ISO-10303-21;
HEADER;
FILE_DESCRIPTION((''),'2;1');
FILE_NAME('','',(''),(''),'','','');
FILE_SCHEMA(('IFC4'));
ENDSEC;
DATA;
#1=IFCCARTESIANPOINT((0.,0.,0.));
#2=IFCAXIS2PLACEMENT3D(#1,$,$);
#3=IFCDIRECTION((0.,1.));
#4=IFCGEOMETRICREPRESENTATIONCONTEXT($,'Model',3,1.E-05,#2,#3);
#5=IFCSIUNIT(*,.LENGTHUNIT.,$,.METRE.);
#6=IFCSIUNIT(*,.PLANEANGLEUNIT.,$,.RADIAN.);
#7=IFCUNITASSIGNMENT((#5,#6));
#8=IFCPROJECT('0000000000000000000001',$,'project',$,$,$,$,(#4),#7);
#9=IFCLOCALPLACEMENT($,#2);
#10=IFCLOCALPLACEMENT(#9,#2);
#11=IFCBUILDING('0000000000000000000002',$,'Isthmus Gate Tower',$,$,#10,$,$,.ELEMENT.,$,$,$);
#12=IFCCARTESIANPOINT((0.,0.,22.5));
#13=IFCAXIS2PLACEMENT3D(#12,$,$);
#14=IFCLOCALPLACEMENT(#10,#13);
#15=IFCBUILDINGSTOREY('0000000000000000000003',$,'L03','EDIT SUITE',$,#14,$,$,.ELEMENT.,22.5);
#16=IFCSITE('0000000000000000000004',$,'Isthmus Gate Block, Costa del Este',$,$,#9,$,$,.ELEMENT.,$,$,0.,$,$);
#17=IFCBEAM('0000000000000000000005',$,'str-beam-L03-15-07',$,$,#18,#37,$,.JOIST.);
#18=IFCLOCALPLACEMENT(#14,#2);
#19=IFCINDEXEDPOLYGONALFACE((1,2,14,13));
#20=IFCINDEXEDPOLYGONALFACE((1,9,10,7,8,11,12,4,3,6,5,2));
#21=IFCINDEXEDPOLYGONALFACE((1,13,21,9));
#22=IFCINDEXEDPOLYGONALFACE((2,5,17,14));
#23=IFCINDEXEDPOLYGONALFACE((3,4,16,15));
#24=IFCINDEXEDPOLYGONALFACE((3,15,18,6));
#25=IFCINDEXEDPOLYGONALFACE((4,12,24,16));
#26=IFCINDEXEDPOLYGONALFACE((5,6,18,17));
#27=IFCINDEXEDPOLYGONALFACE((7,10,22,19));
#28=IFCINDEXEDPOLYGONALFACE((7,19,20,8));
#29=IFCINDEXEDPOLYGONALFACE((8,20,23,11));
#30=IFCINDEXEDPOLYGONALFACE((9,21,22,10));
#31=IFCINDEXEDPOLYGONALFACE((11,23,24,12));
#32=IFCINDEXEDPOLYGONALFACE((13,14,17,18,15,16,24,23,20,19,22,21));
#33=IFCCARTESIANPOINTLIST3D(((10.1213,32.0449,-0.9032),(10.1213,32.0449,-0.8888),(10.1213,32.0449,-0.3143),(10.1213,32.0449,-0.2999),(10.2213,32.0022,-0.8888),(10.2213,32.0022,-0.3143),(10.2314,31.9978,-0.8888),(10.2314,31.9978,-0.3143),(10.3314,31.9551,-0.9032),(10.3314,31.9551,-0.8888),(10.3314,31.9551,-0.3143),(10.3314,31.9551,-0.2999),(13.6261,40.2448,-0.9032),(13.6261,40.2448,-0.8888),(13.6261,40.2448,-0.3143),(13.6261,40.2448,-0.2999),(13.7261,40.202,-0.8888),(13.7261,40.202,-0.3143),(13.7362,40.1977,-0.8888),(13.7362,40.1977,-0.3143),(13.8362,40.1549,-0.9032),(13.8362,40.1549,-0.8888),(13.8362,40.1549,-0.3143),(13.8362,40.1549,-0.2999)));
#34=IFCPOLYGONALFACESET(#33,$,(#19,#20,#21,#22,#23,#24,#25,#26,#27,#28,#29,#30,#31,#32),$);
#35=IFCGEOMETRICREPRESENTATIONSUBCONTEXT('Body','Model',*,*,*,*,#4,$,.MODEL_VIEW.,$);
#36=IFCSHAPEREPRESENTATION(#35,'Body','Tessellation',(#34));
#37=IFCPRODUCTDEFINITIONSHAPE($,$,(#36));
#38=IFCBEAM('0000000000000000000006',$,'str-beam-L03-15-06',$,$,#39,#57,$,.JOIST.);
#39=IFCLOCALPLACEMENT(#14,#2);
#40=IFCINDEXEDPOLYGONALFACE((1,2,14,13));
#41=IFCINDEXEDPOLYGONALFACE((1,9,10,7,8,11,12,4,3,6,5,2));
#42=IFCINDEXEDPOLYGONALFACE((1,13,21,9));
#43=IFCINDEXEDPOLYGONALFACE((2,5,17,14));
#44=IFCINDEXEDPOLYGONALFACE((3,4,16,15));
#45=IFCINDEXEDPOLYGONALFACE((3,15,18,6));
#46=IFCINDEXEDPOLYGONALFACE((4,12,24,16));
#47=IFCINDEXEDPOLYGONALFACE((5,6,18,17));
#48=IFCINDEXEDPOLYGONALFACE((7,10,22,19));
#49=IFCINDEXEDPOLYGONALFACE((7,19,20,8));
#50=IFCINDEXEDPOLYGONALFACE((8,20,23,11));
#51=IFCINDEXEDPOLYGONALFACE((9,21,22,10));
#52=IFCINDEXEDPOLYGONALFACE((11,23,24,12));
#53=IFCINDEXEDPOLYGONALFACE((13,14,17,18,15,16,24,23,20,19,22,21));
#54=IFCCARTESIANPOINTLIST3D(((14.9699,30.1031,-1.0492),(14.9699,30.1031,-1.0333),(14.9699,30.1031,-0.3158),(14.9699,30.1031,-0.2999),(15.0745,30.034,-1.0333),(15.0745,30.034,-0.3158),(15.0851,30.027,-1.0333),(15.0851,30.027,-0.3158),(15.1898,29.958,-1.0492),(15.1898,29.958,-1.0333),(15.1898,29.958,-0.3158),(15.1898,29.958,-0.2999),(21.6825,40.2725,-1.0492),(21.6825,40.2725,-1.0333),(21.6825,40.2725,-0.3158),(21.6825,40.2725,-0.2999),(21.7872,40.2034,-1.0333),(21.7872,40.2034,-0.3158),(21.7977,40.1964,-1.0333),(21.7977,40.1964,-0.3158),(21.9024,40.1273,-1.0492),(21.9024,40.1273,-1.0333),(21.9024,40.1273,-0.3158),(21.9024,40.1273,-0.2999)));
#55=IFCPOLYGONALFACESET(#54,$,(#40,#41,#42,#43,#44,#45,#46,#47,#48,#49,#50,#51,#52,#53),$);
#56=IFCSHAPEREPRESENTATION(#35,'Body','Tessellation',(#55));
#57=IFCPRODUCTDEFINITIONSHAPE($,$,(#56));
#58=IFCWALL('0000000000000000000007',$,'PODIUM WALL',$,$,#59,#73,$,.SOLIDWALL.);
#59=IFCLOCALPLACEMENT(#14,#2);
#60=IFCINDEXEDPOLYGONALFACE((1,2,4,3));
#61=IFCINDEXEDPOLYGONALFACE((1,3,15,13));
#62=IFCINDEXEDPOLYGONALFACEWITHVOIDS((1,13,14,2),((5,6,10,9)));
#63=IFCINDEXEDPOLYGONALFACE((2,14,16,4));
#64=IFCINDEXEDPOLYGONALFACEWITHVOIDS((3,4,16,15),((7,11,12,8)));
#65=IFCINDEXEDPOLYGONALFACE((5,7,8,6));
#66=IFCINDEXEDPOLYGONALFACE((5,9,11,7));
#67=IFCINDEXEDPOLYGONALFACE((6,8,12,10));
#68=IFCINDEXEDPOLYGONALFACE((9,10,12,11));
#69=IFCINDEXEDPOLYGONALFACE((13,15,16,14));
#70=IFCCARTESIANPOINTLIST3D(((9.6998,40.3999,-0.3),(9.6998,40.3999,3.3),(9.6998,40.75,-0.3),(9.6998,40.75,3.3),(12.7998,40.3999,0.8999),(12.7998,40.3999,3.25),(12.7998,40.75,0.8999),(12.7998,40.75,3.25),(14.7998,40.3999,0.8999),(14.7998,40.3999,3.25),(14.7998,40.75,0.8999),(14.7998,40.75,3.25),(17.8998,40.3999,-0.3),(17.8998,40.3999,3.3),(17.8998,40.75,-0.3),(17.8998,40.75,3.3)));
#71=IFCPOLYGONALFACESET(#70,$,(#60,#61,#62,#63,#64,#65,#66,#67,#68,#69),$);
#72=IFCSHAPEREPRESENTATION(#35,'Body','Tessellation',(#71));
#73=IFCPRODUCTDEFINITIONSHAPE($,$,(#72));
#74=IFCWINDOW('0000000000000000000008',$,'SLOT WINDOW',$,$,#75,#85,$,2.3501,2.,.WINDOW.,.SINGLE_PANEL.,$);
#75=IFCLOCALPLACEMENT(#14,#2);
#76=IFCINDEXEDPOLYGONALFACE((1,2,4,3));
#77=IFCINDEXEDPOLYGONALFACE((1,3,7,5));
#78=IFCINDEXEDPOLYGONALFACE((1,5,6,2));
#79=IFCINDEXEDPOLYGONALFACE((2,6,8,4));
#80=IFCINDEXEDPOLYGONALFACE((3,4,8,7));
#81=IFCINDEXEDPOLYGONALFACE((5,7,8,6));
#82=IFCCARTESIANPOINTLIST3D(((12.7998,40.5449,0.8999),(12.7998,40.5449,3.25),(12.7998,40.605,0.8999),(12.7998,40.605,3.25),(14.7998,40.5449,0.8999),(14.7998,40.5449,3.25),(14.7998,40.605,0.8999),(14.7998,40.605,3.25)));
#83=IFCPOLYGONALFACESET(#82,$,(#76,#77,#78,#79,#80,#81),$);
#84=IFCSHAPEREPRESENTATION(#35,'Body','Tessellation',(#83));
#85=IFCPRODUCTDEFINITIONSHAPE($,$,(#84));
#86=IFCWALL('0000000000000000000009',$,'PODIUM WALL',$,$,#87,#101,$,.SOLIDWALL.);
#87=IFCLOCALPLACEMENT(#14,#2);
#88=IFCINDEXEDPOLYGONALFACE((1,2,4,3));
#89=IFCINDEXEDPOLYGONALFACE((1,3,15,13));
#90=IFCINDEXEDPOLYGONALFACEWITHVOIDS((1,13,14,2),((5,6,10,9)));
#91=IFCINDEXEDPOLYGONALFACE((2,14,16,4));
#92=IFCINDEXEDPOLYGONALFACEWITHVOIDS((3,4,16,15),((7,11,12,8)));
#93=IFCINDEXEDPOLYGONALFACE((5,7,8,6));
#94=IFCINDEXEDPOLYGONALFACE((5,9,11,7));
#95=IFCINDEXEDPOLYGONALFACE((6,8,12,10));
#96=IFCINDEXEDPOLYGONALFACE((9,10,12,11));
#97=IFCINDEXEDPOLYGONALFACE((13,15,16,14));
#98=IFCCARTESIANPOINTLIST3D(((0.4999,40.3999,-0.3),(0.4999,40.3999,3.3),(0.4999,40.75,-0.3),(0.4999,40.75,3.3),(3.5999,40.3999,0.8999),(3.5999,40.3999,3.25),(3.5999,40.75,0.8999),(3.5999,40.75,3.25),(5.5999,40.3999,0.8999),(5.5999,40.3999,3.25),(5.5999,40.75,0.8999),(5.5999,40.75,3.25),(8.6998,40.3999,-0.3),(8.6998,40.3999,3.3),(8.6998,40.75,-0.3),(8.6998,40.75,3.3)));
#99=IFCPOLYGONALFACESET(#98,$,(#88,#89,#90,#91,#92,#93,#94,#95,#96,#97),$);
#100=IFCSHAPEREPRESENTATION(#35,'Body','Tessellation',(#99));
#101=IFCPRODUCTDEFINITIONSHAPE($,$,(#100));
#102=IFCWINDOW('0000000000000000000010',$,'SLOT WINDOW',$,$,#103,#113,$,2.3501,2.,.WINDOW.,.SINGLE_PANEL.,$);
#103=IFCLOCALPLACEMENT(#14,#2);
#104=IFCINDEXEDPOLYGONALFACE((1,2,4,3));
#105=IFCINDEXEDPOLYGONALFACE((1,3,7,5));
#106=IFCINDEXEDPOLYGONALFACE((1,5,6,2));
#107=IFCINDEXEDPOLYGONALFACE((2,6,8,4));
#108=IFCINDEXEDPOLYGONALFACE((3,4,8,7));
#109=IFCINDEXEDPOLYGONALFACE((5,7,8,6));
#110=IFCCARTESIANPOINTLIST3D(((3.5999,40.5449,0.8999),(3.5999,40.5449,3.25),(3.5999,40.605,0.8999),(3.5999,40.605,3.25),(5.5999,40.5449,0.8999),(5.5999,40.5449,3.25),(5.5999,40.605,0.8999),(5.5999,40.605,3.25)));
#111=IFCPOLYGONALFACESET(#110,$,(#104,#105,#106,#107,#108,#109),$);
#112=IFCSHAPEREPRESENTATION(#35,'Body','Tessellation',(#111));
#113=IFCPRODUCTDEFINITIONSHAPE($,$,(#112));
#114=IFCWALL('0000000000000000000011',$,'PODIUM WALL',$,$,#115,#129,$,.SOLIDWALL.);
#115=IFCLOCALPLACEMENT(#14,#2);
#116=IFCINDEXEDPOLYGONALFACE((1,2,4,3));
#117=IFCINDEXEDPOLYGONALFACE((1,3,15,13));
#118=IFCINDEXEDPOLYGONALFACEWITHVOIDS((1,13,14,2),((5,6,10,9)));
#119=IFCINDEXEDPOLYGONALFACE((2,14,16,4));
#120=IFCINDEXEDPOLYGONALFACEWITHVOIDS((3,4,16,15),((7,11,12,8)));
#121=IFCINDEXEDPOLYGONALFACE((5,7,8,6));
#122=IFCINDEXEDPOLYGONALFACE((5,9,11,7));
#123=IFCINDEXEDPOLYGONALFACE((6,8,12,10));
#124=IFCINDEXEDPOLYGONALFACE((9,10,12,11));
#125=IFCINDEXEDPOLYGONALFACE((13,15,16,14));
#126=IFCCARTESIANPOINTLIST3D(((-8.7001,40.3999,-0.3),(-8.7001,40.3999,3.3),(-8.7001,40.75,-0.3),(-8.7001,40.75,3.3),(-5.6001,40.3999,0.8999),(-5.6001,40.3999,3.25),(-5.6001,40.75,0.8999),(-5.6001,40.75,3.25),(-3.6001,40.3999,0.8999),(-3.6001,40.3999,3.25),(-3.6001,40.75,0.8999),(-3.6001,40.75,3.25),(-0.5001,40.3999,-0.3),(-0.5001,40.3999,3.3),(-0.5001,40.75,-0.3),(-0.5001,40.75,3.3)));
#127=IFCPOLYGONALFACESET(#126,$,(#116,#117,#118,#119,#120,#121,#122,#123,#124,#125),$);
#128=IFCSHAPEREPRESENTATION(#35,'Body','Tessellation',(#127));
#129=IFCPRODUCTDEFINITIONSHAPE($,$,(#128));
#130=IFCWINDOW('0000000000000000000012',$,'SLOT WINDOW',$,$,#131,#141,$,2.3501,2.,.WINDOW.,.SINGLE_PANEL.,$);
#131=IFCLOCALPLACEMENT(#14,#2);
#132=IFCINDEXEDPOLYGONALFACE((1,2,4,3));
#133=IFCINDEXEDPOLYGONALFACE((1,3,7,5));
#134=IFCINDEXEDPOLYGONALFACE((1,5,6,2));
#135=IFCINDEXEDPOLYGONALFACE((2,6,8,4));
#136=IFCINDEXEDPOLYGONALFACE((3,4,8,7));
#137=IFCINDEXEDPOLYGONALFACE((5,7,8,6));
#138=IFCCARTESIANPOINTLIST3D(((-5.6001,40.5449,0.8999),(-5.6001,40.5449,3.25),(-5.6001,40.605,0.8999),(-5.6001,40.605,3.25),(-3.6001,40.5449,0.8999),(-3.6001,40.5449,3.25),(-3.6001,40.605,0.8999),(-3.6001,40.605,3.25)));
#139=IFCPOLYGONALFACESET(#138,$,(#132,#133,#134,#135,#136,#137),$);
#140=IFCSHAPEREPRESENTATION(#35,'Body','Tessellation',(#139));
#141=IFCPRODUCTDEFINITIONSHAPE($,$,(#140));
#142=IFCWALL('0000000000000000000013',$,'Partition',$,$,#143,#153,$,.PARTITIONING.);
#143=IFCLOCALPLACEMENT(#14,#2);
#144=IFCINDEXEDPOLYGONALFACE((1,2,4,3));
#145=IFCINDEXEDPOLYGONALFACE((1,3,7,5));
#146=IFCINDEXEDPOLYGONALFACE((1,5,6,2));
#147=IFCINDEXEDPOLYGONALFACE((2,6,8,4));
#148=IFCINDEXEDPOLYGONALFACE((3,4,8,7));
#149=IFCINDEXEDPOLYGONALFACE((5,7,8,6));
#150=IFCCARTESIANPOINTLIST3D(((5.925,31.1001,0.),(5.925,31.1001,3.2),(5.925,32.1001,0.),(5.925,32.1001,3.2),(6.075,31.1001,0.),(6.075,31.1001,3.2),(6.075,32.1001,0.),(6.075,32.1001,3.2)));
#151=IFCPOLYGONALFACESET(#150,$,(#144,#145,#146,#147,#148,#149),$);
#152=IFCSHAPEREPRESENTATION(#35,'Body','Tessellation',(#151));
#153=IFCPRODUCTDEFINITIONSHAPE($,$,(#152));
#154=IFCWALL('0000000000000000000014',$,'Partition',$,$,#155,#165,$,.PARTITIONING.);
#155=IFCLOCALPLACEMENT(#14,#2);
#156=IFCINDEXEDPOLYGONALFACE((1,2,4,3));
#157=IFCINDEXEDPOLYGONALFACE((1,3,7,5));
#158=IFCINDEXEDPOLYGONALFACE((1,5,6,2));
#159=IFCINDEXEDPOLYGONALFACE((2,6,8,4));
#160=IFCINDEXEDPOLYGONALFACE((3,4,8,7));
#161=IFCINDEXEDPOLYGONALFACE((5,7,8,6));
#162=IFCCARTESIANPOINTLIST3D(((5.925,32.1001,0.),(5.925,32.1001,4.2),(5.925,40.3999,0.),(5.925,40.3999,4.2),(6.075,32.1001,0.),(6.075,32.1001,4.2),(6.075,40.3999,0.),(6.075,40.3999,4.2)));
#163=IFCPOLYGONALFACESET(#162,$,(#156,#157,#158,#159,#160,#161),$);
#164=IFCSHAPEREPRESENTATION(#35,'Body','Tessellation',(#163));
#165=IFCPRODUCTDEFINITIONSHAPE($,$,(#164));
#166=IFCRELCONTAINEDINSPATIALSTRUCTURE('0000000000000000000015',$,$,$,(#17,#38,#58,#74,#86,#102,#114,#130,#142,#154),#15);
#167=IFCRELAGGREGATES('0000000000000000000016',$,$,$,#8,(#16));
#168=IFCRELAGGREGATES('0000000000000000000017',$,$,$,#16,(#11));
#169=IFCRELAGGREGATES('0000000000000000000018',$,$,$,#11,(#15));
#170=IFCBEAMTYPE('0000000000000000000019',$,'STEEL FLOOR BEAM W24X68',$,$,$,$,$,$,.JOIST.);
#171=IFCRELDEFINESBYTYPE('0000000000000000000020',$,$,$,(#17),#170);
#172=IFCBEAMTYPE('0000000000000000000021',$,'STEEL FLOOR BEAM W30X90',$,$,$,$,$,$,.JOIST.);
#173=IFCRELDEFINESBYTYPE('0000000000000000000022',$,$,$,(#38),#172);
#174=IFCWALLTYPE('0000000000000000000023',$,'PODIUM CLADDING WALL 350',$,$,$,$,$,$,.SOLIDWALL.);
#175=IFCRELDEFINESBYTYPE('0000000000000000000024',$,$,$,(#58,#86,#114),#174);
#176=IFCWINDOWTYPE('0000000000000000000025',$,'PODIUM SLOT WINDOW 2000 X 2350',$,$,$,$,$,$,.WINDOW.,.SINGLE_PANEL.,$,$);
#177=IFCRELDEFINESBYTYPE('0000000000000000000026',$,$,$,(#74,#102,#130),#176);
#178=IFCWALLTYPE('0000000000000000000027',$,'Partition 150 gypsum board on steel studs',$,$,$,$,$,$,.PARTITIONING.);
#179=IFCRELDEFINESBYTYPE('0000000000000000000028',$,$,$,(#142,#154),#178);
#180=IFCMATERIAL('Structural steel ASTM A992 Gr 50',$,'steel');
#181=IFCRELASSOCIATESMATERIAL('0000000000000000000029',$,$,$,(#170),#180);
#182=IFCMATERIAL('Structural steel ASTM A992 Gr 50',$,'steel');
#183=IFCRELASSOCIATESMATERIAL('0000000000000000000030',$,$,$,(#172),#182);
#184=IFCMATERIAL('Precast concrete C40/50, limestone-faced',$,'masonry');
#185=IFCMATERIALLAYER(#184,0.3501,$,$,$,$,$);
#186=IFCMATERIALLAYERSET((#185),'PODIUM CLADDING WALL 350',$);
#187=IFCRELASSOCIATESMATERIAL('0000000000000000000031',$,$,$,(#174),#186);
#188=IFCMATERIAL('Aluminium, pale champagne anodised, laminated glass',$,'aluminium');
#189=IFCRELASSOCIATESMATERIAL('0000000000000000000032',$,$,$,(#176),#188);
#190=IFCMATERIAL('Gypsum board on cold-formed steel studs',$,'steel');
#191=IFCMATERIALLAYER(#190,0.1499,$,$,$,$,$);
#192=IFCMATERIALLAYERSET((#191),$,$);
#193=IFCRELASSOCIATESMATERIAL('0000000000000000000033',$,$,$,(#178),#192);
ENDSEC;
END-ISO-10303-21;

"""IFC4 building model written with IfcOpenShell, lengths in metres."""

from ifc_helpers import new_model, si_unit, direction, frame, frame_2d, origin, origin_2d, place, context, subcontext, project, spatial, rectangle, i_section, extrude, material, layer, layer_set, material_profile, profile_set, type_object, element, fill, save


model = new_model("IFC4")

# Units and contexts
model_context = context("Model", 3, precision=1e-05, world=origin(), true_north=direction((0.0, 1.0)))
body_context = subcontext(model_context, "Body", "Model", "MODEL_VIEW")
ifc_project = project(units=[si_unit("LENGTHUNIT", "METRE"), si_unit("PLANEANGLEUNIT", "RADIAN")], contexts=[model_context])

# Site, building, storey
site_placement = place(None, origin())
site = spatial("IfcSite", under=ifc_project, at=site_placement, Name="Isthmus Gate Block, Costa del Este", CompositionType="ELEMENT", RefElevation=0.0)
building_placement = place(site_placement, origin())
building = spatial("IfcBuilding", under=site, at=building_placement, Name="Isthmus Gate Tower", CompositionType="ELEMENT")
storey_placement = place(building_placement, frame((0.0, 0.0, 22.5)))
storey = spatial("IfcBuildingStorey", under=building, at=storey_placement, Name="L03", Description="EDIT SUITE", CompositionType="ELEMENT", Elevation=22.5)

# Beams
ifc_material_1 = material(Name="Structural steel ASTM A992 Gr 50", Category="steel")
ifc_material_profile_1 = material_profile(ifc_material_1, i_section(OverallWidth=0.2285, OverallDepth=0.6033, WebThickness=0.011, FlangeThickness=0.0144, at=origin_2d()), Name="W24X68")
ifc_profile_set_1 = profile_set([ifc_material_profile_1], Name="Structural steel ASTM A992 Gr 50")
beam_type_1 = type_object("IfcBeamType", Name="STEEL FLOOR BEAM W24X68", PredefinedType="JOIST", material=ifc_profile_set_1)
beam_1_placement = place(storey_placement, frame((10.2263, 32.0, -0.6016), z_axis=(0.39303, 0.919526, 0.0), x_axis=(-0.919526, 0.39303, 0.0)))
element("IfcBeam", 1, at=beam_1_placement, inside=storey, type_object=beam_type_1, Name="str-beam-L03-15-07", PredefinedType="JOIST", context=body_context, shape_type="SweptSolid", body=[
    extrude(i_section(OverallWidth=0.2285, OverallDepth=0.6033, WebThickness=0.011, FlangeThickness=0.0144, at=origin_2d()), origin(), (0.0, 0.0, 1.0), 8.9175),
])
ifc_material_2 = material(Name="Structural steel ASTM A992 Gr 50", Category="steel")
ifc_material_profile_2 = material_profile(ifc_material_2, i_section(OverallWidth=0.2634, OverallDepth=0.7493, WebThickness=0.0127, FlangeThickness=0.0159, at=origin_2d()), Name="W30X90")
ifc_profile_set_2 = profile_set([ifc_material_profile_2], Name="Structural steel ASTM A992 Gr 50")
beam_type_2 = type_object("IfcBeamType", Name="STEEL FLOOR BEAM W30X90", PredefinedType="JOIST", material=ifc_profile_set_2)
beam_2_placement = place(storey_placement, frame((15.0798, 30.0305, -0.6746), z_axis=(0.550889, 0.834578, 0.0), x_axis=(-0.834578, 0.550889, 0.0)))
element("IfcBeam", 2, at=beam_2_placement, inside=storey, type_object=beam_type_2, Name="str-beam-L03-15-06", PredefinedType="JOIST", context=body_context, shape_type="SweptSolid", body=[
    extrude(i_section(OverallWidth=0.2634, OverallDepth=0.7493, WebThickness=0.0127, FlangeThickness=0.0159, at=origin_2d()), origin(), (0.0, 0.0, 1.0), 12.1851),
])

# Walls, openings, windows
ifc_material_3 = material(Name="Precast concrete C40/50, limestone-faced", Category="masonry")
ifc_layer_1 = layer(ifc_material_3, 0.3501)
ifc_layer_set_1 = layer_set([ifc_layer_1], Name="PODIUM CLADDING WALL 350")
wall_type_1 = type_object("IfcWallType", Name="PODIUM CLADDING WALL 350", PredefinedType="SOLIDWALL", material=ifc_layer_set_1)
wall_1_placement = place(storey_placement, frame((17.8999, 40.575, -0.3), z_axis=(0.0, 0.0, 1.0), x_axis=(-1.0, 0.0, 0.0)))
wall_1 = element("IfcWall", 3, at=wall_1_placement, inside=storey, type_object=wall_type_1, Name="PODIUM WALL", PredefinedType="SOLIDWALL", context=body_context, shape_type="SweptSolid", body=[
    extrude(rectangle(XDim=8.2, YDim=0.3501, at=frame_2d((4.1001, 0.0))), origin(), (0.0, 0.0, 1.0), 3.6001),
])
opening_1_placement = place(wall_1_placement, frame((3.1001, 0.0, 1.2)))
opening_1 = element("IfcOpeningElement", 4, at=opening_1_placement, cuts=wall_1, PredefinedType="OPENING", context=body_context, shape_type="SweptSolid", body=[
    extrude(rectangle(XDim=2.0, YDim=2.3501, at=frame_2d((1.0, 1.175))), frame((0.0, 0.1851, 0.0), z_axis=(0.0, -1.0, 0.0), x_axis=(1.0, 0.0, 0.0)), (0.0, 0.0, 1.0), 0.3701),
])
ifc_material_4 = material(Name="Aluminium, pale champagne anodised, laminated glass", Category="aluminium")
window_type = type_object("IfcWindowType", Name="PODIUM SLOT WINDOW 2000 X 2350", PartitioningType="SINGLE_PANEL", PredefinedType="WINDOW", material=ifc_material_4)
window_1_placement = place(opening_1_placement, origin())
window_1 = element("IfcWindow", 5, at=window_1_placement, inside=storey, type_object=window_type, Name="SLOT WINDOW", OverallHeight=2.3501, OverallWidth=2.0, PartitioningType="SINGLE_PANEL", PredefinedType="WINDOW", context=body_context, shape_type="SweptSolid", body=[
    extrude(rectangle(XDim=2.0, YDim=2.3501, at=frame_2d((1.0, 1.175))), frame((0.0, 0.03, 0.0), z_axis=(0.0, -1.0, 0.0), x_axis=(1.0, 0.0, 0.0)), (0.0, 0.0, 1.0), 0.0601),
])
fill(opening_1, window_1)
wall_2_placement = place(storey_placement, frame((8.7, 40.575, -0.3), z_axis=(0.0, 0.0, 1.0), x_axis=(-1.0, 0.0, 0.0)))
wall_2 = element("IfcWall", 6, at=wall_2_placement, inside=storey, type_object=wall_type_1, Name="PODIUM WALL", PredefinedType="SOLIDWALL", context=body_context, shape_type="SweptSolid", body=[
    extrude(rectangle(XDim=8.2, YDim=0.3501, at=frame_2d((4.1001, 0.0))), origin(), (0.0, 0.0, 1.0), 3.6001),
])
opening_2_placement = place(wall_2_placement, frame((3.1001, 0.0, 1.2)))
opening_2 = element("IfcOpeningElement", 7, at=opening_2_placement, cuts=wall_2, PredefinedType="OPENING", context=body_context, shape_type="SweptSolid", body=[
    extrude(rectangle(XDim=2.0, YDim=2.3501, at=frame_2d((1.0, 1.175))), frame((0.0, 0.1851, 0.0), z_axis=(0.0, -1.0, 0.0), x_axis=(1.0, 0.0, 0.0)), (0.0, 0.0, 1.0), 0.3701),
])
window_2_placement = place(opening_2_placement, origin())
window_2 = element("IfcWindow", 8, at=window_2_placement, inside=storey, type_object=window_type, Name="SLOT WINDOW", OverallHeight=2.3501, OverallWidth=2.0, PartitioningType="SINGLE_PANEL", PredefinedType="WINDOW", context=body_context, shape_type="SweptSolid", body=[
    extrude(rectangle(XDim=2.0, YDim=2.3501, at=frame_2d((1.0, 1.175))), frame((0.0, 0.03, 0.0), z_axis=(0.0, -1.0, 0.0), x_axis=(1.0, 0.0, 0.0)), (0.0, 0.0, 1.0), 0.0601),
])
fill(opening_2, window_2)
wall_3_placement = place(storey_placement, frame((-0.5, 40.575, -0.3), z_axis=(0.0, 0.0, 1.0), x_axis=(-1.0, 0.0, 0.0)))
wall_3 = element("IfcWall", 9, at=wall_3_placement, inside=storey, type_object=wall_type_1, Name="PODIUM WALL", PredefinedType="SOLIDWALL", context=body_context, shape_type="SweptSolid", body=[
    extrude(rectangle(XDim=8.2, YDim=0.3501, at=frame_2d((4.1001, 0.0))), origin(), (0.0, 0.0, 1.0), 3.6001),
])
opening_3_placement = place(wall_3_placement, frame((3.1001, 0.0, 1.2)))
opening_3 = element("IfcOpeningElement", 10, at=opening_3_placement, cuts=wall_3, PredefinedType="OPENING", context=body_context, shape_type="SweptSolid", body=[
    extrude(rectangle(XDim=2.0, YDim=2.3501, at=frame_2d((1.0, 1.175))), frame((0.0, 0.1851, 0.0), z_axis=(0.0, -1.0, 0.0), x_axis=(1.0, 0.0, 0.0)), (0.0, 0.0, 1.0), 0.3701),
])
window_3_placement = place(opening_3_placement, origin())
window_3 = element("IfcWindow", 11, at=window_3_placement, inside=storey, type_object=window_type, Name="SLOT WINDOW", OverallHeight=2.3501, OverallWidth=2.0, PartitioningType="SINGLE_PANEL", PredefinedType="WINDOW", context=body_context, shape_type="SweptSolid", body=[
    extrude(rectangle(XDim=2.0, YDim=2.3501, at=frame_2d((1.0, 1.175))), frame((0.0, 0.03, 0.0), z_axis=(0.0, -1.0, 0.0), x_axis=(1.0, 0.0, 0.0)), (0.0, 0.0, 1.0), 0.0601),
])
fill(opening_3, window_3)

# Walls
ifc_material_5 = material(Name="Gypsum board on cold-formed steel studs", Category="steel")
ifc_layer_2 = layer(ifc_material_5, 0.1499)
ifc_layer_set_2 = layer_set([ifc_layer_2])
wall_type_2 = type_object("IfcWallType", Name="Partition 150 gypsum board on steel studs", PredefinedType="PARTITIONING", material=ifc_layer_set_2)
wall_4_placement = place(storey_placement, frame((6.0, 31.1001, 0.0), z_axis=(0.0, 0.0, 1.0), x_axis=(0.0, 1.0, 0.0)))
element("IfcWall", 12, at=wall_4_placement, inside=storey, type_object=wall_type_2, Name="Partition", PredefinedType="PARTITIONING", context=body_context, shape_type="SweptSolid", body=[
    extrude(rectangle(XDim=1.0, YDim=0.1499, at=frame_2d((0.5, 0.0))), origin(), (0.0, 0.0, 1.0), 3.2),
])
wall_5_placement = place(storey_placement, frame((6.0, 32.1001, 0.0), z_axis=(0.0, 0.0, 1.0), x_axis=(0.0, 1.0, 0.0)))
element("IfcWall", 13, at=wall_5_placement, inside=storey, type_object=wall_type_2, Name="Partition", PredefinedType="PARTITIONING", context=body_context, shape_type="SweptSolid", body=[
    extrude(rectangle(XDim=8.2998, YDim=0.1499, at=frame_2d((4.1499, 0.0))), origin(), (0.0, 0.0, 1.0), 4.2),
])

save(model, "model.ifc")
